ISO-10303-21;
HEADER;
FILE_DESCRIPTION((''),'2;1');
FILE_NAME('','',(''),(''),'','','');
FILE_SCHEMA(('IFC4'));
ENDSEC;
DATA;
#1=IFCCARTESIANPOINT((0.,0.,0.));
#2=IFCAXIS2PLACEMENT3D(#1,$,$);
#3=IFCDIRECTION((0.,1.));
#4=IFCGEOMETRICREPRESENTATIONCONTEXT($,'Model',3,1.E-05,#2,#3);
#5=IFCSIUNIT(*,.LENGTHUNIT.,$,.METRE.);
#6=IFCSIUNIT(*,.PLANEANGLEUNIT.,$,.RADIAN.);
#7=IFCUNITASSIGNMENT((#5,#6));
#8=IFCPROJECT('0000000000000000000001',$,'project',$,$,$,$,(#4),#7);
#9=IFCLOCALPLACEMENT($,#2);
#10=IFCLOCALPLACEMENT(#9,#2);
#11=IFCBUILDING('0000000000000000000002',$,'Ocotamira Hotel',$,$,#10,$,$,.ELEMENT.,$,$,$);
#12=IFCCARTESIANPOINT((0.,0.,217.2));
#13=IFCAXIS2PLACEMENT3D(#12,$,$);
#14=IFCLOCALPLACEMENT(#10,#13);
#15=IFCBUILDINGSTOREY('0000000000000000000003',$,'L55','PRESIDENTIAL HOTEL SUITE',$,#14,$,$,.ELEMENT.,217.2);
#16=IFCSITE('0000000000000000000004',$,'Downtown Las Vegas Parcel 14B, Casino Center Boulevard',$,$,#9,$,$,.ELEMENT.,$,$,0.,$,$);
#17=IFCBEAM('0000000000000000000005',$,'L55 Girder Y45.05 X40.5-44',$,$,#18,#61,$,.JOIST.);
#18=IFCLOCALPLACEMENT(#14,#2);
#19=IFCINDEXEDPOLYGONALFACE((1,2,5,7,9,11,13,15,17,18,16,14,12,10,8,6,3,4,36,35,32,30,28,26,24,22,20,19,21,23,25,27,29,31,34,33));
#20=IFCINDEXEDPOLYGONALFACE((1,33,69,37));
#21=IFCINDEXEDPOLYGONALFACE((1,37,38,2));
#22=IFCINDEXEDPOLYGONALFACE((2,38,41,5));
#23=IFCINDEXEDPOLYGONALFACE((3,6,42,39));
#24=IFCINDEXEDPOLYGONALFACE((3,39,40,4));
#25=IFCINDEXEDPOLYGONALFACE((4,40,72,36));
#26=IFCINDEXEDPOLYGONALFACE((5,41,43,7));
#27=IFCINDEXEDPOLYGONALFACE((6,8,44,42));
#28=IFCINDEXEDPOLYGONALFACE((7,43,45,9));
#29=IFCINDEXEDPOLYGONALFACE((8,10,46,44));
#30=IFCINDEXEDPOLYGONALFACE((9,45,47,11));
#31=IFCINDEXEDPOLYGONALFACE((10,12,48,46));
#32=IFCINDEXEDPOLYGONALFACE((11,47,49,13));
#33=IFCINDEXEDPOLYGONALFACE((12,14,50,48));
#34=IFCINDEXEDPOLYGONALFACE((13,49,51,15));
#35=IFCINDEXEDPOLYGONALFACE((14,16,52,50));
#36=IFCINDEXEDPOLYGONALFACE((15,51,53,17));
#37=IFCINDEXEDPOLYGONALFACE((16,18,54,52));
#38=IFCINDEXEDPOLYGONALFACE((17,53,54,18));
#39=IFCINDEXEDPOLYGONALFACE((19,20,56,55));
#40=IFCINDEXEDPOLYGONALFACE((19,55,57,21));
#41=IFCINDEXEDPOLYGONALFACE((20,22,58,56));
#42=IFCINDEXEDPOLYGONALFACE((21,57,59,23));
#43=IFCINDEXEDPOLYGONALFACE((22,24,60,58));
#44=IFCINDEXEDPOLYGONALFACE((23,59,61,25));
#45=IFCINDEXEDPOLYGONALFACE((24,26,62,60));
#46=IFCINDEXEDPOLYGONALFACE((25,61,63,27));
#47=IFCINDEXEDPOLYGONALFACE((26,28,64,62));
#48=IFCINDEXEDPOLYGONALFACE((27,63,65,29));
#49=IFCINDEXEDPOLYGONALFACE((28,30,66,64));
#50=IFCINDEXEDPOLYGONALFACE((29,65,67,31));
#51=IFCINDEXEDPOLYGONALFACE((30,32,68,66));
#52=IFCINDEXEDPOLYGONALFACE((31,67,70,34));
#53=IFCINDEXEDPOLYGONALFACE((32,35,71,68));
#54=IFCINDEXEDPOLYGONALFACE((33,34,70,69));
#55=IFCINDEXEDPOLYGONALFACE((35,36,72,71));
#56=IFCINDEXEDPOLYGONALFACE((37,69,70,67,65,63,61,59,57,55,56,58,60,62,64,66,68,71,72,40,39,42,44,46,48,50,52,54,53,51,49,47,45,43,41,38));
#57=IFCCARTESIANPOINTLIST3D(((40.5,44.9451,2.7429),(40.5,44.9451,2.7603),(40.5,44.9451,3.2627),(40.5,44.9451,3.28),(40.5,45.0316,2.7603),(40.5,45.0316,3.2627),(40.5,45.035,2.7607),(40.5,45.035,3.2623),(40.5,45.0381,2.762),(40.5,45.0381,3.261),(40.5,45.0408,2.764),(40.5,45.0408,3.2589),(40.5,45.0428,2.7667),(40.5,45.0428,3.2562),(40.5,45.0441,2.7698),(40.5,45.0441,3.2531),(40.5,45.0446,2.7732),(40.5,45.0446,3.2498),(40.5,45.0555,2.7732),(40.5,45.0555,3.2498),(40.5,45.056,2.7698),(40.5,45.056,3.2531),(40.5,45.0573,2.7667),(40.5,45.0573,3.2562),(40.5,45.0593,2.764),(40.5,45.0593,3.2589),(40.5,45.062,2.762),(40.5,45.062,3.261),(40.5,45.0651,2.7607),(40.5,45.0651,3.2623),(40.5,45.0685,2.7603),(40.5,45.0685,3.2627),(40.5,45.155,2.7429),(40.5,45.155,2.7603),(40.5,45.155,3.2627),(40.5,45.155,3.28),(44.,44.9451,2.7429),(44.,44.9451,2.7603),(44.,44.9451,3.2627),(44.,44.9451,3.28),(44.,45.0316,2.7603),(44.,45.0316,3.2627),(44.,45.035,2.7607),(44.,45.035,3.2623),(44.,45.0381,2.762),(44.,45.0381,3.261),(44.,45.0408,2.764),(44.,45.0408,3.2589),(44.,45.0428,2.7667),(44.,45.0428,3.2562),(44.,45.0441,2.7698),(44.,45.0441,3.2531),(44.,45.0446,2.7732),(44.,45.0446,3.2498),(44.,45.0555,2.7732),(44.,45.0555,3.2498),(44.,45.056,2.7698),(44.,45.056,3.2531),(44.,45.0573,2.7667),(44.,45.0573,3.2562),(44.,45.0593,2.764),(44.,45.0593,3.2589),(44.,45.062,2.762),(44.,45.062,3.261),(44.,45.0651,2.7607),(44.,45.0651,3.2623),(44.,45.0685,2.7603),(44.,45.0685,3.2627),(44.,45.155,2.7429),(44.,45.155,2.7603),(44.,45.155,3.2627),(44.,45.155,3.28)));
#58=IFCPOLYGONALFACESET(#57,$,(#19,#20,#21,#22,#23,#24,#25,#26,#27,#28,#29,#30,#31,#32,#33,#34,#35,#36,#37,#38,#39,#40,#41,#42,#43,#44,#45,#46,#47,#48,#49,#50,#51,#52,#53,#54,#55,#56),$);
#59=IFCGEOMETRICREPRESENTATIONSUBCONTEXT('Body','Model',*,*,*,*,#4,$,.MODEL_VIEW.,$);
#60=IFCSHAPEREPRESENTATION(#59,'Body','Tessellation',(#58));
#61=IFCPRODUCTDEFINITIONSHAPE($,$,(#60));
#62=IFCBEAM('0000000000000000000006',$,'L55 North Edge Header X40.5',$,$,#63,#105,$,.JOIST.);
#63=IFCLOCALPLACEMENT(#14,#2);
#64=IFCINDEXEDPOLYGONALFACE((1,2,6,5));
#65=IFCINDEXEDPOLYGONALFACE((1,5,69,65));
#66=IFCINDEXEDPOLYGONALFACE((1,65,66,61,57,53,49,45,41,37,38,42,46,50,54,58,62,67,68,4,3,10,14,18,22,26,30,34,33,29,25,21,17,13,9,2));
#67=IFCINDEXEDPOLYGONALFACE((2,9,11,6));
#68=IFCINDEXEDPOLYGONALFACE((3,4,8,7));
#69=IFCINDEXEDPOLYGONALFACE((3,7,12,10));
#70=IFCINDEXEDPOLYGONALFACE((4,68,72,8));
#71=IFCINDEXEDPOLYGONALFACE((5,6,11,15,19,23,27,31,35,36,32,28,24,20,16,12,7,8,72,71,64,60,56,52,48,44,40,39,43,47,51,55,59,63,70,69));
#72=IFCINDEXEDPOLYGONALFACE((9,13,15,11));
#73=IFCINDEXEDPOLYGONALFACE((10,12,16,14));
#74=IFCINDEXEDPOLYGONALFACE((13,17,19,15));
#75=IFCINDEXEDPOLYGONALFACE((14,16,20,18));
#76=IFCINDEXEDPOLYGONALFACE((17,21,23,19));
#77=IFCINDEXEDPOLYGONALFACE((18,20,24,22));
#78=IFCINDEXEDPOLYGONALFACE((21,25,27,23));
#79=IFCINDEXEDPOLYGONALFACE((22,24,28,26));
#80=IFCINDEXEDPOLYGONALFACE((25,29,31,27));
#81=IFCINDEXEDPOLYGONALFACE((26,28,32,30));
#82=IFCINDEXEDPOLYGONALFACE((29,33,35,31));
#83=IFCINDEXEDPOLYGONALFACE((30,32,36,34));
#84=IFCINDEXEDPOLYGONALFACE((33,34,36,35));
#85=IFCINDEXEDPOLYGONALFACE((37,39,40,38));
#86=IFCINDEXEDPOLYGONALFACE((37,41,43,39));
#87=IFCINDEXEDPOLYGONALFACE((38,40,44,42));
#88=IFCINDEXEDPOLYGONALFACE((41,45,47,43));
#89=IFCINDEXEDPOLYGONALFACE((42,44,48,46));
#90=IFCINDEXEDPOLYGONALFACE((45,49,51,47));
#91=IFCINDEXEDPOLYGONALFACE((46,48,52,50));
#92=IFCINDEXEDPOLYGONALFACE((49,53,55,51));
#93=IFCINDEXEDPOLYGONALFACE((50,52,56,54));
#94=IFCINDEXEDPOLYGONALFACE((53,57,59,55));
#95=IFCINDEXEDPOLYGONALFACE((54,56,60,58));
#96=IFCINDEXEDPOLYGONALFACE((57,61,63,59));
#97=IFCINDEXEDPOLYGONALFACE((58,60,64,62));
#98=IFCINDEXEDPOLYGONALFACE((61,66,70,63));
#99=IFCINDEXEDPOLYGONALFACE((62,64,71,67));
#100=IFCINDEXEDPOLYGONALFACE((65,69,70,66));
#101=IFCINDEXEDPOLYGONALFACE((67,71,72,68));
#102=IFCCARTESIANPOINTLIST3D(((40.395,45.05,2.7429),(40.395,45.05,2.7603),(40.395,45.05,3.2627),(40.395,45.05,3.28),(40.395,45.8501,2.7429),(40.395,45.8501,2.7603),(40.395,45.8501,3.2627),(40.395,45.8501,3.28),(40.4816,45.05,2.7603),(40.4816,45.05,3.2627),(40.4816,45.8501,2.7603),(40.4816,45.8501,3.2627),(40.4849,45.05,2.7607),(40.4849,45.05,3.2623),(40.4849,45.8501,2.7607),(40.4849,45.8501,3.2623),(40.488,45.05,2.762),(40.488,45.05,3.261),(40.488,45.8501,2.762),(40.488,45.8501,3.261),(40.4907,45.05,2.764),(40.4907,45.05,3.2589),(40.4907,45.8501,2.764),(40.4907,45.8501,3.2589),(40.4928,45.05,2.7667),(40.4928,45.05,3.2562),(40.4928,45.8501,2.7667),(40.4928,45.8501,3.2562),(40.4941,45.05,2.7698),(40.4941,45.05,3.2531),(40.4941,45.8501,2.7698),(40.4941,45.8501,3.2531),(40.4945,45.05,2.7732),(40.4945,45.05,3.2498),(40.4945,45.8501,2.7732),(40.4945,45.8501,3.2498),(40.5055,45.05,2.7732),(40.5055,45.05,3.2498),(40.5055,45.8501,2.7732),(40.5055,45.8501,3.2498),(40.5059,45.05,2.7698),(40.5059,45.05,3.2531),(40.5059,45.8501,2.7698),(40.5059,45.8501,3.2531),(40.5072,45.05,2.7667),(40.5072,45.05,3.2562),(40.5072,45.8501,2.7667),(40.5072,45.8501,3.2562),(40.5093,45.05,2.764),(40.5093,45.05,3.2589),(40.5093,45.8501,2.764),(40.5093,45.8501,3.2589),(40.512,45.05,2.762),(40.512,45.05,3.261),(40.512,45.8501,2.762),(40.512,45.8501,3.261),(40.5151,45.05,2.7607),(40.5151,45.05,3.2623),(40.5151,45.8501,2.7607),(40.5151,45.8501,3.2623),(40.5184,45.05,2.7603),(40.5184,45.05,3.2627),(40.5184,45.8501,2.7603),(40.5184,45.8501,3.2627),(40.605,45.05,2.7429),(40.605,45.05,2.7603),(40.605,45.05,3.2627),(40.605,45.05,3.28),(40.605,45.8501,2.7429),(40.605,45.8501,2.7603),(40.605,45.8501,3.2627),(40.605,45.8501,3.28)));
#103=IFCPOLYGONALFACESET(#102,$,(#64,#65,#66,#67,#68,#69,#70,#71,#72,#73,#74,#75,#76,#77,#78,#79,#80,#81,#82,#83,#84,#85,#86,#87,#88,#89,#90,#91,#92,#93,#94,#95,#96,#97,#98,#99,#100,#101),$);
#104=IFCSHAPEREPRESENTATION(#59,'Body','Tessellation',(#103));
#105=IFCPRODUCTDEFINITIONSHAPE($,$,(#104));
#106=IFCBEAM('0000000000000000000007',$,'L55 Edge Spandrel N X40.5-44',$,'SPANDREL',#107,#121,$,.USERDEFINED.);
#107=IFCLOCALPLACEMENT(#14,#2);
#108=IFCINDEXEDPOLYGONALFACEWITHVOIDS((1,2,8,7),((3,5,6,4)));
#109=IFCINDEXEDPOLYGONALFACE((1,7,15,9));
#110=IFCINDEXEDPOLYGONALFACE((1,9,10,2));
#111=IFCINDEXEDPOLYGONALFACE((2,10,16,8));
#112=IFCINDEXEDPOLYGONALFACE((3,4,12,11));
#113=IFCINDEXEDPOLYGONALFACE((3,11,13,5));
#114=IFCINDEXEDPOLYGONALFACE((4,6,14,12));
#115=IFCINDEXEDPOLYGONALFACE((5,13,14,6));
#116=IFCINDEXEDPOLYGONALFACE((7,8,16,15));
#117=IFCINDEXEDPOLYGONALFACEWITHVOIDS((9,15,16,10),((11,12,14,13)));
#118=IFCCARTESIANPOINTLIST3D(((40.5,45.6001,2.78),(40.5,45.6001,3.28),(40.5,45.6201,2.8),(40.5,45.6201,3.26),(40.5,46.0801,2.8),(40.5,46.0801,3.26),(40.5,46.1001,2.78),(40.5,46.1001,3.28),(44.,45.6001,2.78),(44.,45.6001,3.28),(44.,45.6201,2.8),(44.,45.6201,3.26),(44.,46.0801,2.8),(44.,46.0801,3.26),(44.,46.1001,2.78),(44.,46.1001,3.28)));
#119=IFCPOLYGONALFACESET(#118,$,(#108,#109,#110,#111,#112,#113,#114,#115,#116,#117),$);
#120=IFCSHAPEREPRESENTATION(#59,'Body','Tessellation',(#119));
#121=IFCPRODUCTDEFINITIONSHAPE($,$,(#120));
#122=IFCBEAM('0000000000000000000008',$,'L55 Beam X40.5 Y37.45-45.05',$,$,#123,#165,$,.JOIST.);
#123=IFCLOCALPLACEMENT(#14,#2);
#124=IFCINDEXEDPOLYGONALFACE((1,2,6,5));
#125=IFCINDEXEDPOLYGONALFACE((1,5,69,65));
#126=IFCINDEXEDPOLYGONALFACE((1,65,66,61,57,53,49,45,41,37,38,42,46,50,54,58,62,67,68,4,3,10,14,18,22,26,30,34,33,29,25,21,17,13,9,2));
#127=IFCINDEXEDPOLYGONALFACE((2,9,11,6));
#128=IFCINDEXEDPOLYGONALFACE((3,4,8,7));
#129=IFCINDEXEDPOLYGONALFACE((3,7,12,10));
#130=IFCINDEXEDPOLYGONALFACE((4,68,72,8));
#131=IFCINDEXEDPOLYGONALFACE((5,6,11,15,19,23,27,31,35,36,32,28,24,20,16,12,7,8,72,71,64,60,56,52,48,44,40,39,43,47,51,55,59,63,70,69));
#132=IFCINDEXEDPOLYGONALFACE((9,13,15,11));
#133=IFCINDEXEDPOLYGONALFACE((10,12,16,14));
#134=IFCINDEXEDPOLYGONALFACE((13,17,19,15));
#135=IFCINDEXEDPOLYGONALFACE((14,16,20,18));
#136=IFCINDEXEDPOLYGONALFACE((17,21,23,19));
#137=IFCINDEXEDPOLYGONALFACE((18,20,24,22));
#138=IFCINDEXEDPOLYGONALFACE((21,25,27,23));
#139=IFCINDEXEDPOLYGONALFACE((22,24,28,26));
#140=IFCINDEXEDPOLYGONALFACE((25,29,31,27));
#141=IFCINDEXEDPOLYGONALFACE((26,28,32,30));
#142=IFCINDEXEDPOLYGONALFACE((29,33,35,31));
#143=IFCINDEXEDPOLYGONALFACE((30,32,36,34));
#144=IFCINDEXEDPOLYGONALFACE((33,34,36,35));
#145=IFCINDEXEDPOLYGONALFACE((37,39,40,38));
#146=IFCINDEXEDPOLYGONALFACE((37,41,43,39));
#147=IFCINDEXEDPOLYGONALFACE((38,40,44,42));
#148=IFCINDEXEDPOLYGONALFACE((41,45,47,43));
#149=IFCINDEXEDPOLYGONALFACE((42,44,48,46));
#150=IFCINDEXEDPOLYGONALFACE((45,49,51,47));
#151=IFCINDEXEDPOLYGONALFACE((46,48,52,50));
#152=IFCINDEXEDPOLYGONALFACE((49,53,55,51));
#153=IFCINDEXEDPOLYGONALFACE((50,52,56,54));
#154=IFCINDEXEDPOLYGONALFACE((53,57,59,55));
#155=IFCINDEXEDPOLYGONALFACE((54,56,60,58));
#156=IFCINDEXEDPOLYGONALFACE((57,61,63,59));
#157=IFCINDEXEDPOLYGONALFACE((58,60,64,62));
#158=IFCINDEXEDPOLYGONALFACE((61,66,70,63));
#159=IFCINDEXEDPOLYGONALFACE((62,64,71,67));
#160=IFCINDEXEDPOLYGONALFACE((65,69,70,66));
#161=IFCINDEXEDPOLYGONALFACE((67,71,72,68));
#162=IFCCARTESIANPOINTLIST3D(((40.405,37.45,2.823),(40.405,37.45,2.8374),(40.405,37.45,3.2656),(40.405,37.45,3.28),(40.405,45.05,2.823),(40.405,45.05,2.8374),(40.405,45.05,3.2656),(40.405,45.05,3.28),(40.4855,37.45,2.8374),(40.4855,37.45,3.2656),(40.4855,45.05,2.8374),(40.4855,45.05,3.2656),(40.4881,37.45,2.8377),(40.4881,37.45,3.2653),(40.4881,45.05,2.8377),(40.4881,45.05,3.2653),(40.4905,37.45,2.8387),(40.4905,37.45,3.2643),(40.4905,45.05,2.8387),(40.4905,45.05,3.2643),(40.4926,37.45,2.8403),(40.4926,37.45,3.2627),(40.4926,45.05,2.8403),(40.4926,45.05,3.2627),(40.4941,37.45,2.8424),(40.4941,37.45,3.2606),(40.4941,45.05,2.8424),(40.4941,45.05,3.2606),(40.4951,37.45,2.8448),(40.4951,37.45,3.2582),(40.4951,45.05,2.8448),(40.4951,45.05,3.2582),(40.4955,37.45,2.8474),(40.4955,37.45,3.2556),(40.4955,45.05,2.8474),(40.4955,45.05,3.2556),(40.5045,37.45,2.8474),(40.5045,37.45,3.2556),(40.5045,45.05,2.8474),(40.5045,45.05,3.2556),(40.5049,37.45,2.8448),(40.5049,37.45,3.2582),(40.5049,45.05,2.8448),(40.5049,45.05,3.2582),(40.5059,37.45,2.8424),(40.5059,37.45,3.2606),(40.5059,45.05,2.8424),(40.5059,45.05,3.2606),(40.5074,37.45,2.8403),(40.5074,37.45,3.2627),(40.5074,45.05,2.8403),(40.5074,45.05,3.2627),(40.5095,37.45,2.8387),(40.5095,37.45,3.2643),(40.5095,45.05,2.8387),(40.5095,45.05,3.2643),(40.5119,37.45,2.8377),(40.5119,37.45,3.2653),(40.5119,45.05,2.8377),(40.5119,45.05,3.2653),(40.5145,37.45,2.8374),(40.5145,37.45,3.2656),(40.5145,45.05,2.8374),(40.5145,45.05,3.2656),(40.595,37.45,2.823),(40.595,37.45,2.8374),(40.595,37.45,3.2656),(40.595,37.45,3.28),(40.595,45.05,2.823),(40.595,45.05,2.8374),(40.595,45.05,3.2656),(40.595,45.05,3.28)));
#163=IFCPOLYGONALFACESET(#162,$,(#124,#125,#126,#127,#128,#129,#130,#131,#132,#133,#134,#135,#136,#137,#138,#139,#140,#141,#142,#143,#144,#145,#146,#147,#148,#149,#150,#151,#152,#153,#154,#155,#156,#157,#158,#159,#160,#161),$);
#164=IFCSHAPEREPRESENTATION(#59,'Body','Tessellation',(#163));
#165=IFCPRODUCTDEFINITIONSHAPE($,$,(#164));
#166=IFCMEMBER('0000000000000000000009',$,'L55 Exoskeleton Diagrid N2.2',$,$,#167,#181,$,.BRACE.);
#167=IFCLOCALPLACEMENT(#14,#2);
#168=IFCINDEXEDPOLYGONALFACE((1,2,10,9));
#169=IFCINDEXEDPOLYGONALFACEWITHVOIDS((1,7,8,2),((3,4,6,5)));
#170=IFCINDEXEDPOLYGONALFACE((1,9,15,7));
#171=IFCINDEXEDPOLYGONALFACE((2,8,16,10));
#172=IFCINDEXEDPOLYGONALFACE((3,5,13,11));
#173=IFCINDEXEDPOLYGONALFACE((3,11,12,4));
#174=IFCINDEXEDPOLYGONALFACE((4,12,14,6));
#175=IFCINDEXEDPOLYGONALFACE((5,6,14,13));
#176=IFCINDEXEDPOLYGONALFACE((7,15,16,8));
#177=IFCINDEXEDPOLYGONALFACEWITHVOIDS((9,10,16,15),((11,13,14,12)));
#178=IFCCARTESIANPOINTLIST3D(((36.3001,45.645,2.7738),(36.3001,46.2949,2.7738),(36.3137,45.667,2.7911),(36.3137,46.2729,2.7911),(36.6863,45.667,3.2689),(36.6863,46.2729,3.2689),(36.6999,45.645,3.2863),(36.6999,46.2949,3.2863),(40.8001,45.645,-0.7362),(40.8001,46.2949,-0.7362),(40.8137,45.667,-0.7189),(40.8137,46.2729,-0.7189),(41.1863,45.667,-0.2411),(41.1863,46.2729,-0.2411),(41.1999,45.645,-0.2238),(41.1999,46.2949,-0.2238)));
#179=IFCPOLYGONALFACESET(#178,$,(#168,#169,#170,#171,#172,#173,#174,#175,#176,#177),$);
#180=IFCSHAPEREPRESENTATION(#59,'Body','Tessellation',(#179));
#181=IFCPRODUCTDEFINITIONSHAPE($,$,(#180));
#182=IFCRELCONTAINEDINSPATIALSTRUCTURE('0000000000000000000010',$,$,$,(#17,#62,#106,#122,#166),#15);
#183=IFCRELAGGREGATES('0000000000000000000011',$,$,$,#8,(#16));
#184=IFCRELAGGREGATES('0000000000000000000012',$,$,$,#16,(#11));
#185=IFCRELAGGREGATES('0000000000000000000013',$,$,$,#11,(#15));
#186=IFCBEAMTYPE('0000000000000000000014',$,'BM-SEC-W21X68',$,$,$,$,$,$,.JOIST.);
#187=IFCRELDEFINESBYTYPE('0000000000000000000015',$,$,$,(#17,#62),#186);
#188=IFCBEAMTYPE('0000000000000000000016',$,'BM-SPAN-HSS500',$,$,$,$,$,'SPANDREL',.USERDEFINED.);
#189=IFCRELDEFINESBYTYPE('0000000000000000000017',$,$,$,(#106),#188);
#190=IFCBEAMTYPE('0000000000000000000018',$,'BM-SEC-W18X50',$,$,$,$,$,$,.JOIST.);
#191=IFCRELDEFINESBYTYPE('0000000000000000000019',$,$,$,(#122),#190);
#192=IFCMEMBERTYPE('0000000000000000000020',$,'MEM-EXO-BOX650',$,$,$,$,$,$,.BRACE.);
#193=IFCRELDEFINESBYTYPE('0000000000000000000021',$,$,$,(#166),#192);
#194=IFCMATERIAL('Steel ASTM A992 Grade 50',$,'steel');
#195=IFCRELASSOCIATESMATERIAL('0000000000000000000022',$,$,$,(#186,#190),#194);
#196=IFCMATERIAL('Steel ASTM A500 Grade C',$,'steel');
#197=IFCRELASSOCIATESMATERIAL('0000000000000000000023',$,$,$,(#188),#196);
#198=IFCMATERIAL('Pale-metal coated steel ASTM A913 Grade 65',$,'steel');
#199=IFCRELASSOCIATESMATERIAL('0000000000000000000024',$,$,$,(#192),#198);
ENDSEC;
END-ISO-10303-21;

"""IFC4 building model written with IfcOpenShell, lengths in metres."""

from ifc_helpers import new_model, si_unit, direction, frame, origin, origin_2d, place, context, subcontext, project, spatial, hollow_rectangle, i_section, extrude, source, transform, mapped, material, material_profile, profile_set, type_object, element, save


model = new_model("IFC4")

# Units and contexts
model_context = context("Model", 3, precision=1e-05, world=origin(), true_north=direction((0.0, 1.0)))
body_context = subcontext(model_context, "Body", "Model", "MODEL_VIEW")
ifc_project = project(units=[si_unit("LENGTHUNIT", "METRE"), si_unit("PLANEANGLEUNIT", "RADIAN")], contexts=[model_context])

# Site, building, storey
site_placement = place(None, origin())
site = spatial("IfcSite", under=ifc_project, at=site_placement, Name="Downtown Las Vegas Parcel 14B, Casino Center Boulevard", CompositionType="ELEMENT", RefElevation=0.0)
building_placement = place(site_placement, origin())
building = spatial("IfcBuilding", under=site, at=building_placement, Name="Ocotamira Hotel", CompositionType="ELEMENT")
storey_placement = place(building_placement, frame((0.0, 0.0, 217.2)))
storey = spatial("IfcBuildingStorey", under=building, at=storey_placement, Name="L55", Description="PRESIDENTIAL HOTEL SUITE", CompositionType="ELEMENT", Elevation=217.2)

# Beams
ifc_material_1 = material(Name="Steel ASTM A992 Grade 50", Category="steel")
ifc_material_profile_1 = material_profile(ifc_material_1, i_section(OverallWidth=0.21, OverallDepth=0.5371, WebThickness=0.011, FlangeThickness=0.0173, FilletRadius=0.0129, at=origin_2d()), Name="W21X68")
ifc_profile_set_1 = profile_set([ifc_material_profile_1], Name="Steel ASTM A992 Grade 50")
beam_type_1 = type_object("IfcBeamType", Name="BM-SEC-W21X68", PredefinedType="JOIST", material=ifc_profile_set_1)
shared_shape_1 = source(origin(), body_context, "Body", "SweptSolid", [
    extrude(i_section(OverallWidth=0.21, OverallDepth=0.5371, WebThickness=0.011, FlangeThickness=0.0173, FilletRadius=0.0129, at=origin_2d()), origin(), (0.0, 0.0, 1.0), 3.5),
])
beam_1_placement = place(storey_placement, frame((40.5, 45.05, 3.0115), z_axis=(1.0, 0.0, 0.0), x_axis=(0.0, 1.0, 0.0)))
element("IfcBeam", 1, at=beam_1_placement, inside=storey, type_object=beam_type_1, Name="L55 Girder Y45.05 X40.5-44", PredefinedType="JOIST", context=body_context, shape_type="MappedRepresentation", body=[
    mapped(shared_shape_1, transform((0.0, 0.0, 0.0), scale=1.0)),
])
shared_shape_2 = source(origin(), body_context, "Body", "SweptSolid", [
    extrude(i_section(OverallWidth=0.21, OverallDepth=0.5371, WebThickness=0.011, FlangeThickness=0.0173, FilletRadius=0.0129, at=origin_2d()), origin(), (0.0, 0.0, 1.0), 0.8),
])
beam_2_placement = place(storey_placement, frame((40.5, 45.05, 3.0115), z_axis=(0.0, 1.0, 0.0), x_axis=(-1.0, 0.0, 0.0)))
element("IfcBeam", 2, at=beam_2_placement, inside=storey, type_object=beam_type_1, Name="L55 North Edge Header X40.5", PredefinedType="JOIST", context=body_context, shape_type="MappedRepresentation", body=[
    mapped(shared_shape_2, transform((0.0, 0.0, 0.0), scale=1.0)),
])
ifc_material_2 = material(Name="Steel ASTM A500 Grade C", Category="steel")
ifc_material_profile_2 = material_profile(ifc_material_2, hollow_rectangle(XDim=0.5, YDim=0.5, WallThickness=0.02, at=origin_2d()), Name="HSS500X500X20")
ifc_profile_set_2 = profile_set([ifc_material_profile_2], Name="Steel ASTM A500 Grade C")
beam_type_2 = type_object("IfcBeamType", Name="BM-SPAN-HSS500", ElementType="SPANDREL", PredefinedType="USERDEFINED", material=ifc_profile_set_2)
shared_shape_3 = source(origin(), body_context, "Body", "SweptSolid", [
    extrude(hollow_rectangle(XDim=0.5, YDim=0.5, WallThickness=0.02, at=origin_2d()), origin(), (0.0, 0.0, 1.0), 3.5),
])
beam_3_placement = place(storey_placement, frame((40.5, 45.8501, 3.03), z_axis=(1.0, 0.0, 0.0), x_axis=(0.0, 1.0, 0.0)))
element("IfcBeam", 3, at=beam_3_placement, inside=storey, type_object=beam_type_2, Name="L55 Edge Spandrel N X40.5-44", ObjectType="SPANDREL", PredefinedType="USERDEFINED", context=body_context, shape_type="MappedRepresentation", body=[
    mapped(shared_shape_3, transform((0.0, 0.0, 0.0), scale=1.0)),
])
ifc_material_profile_3 = material_profile(ifc_material_1, i_section(OverallWidth=0.1899, OverallDepth=0.457, WebThickness=0.009, FlangeThickness=0.0144, FilletRadius=0.01, at=origin_2d()), Name="W18X50")
ifc_profile_set_3 = profile_set([ifc_material_profile_3], Name="Steel ASTM A992 Grade 50")
beam_type_3 = type_object("IfcBeamType", Name="BM-SEC-W18X50", PredefinedType="JOIST", material=ifc_profile_set_3)
shared_shape_4 = source(origin(), body_context, "Body", "SweptSolid", [
    extrude(i_section(OverallWidth=0.1899, OverallDepth=0.457, WebThickness=0.009, FlangeThickness=0.0144, FilletRadius=0.01, at=origin_2d()), origin(), (0.0, 0.0, 1.0), 7.6001),
])
beam_4_placement = place(storey_placement, frame((40.5, 37.45, 3.0515), z_axis=(0.0, 1.0, 0.0), x_axis=(-1.0, 0.0, 0.0)))
element("IfcBeam", 4, at=beam_4_placement, inside=storey, type_object=beam_type_3, Name="L55 Beam X40.5 Y37.45-45.05", PredefinedType="JOIST", context=body_context, shape_type="MappedRepresentation", body=[
    mapped(shared_shape_4, transform((0.0, 0.0, 0.0), scale=1.0)),
])

# Member
ifc_material_3 = material(Name="Pale-metal coated steel ASTM A913 Grade 65", Category="steel")
ifc_material_profile_4 = material_profile(ifc_material_3, hollow_rectangle(XDim=0.6499, YDim=0.6499, WallThickness=0.022, at=origin_2d()), Name="BOX650X650X22")
ifc_profile_set_4 = profile_set([ifc_material_profile_4], Name="Pale-metal coated steel ASTM A913 Grade 65")
member_type_1 = type_object("IfcMemberType", Name="MEM-EXO-BOX650", PredefinedType="BRACE", material=ifc_profile_set_4)
shared_shape_5 = source(origin(), body_context, "Body", "SweptSolid", [
    extrude(hollow_rectangle(XDim=0.6499, YDim=0.6499, WallThickness=0.022, at=origin_2d()), origin(), (0.0, 0.0, 1.0), 5.707),
])
for number, where, z_axis, x_axis, name in (
    (5, (41.0, 45.97, -0.48), (-0.788501, 0.0, 0.615033), (0.0, -1.0, 0.0), "L55 Exoskeleton Diagrid N2.2"),
):
    element("IfcMember", number, at=place(storey_placement, frame(where, z_axis=z_axis, x_axis=x_axis)), inside=storey, type_object=member_type_1, Name=name, PredefinedType="BRACE", context=body_context, shape_type="MappedRepresentation", body=[
        mapped(shared_shape_5, transform((0.0, 0.0, 0.0), scale=1.0)),
    ])

save(model, "model.ifc")
